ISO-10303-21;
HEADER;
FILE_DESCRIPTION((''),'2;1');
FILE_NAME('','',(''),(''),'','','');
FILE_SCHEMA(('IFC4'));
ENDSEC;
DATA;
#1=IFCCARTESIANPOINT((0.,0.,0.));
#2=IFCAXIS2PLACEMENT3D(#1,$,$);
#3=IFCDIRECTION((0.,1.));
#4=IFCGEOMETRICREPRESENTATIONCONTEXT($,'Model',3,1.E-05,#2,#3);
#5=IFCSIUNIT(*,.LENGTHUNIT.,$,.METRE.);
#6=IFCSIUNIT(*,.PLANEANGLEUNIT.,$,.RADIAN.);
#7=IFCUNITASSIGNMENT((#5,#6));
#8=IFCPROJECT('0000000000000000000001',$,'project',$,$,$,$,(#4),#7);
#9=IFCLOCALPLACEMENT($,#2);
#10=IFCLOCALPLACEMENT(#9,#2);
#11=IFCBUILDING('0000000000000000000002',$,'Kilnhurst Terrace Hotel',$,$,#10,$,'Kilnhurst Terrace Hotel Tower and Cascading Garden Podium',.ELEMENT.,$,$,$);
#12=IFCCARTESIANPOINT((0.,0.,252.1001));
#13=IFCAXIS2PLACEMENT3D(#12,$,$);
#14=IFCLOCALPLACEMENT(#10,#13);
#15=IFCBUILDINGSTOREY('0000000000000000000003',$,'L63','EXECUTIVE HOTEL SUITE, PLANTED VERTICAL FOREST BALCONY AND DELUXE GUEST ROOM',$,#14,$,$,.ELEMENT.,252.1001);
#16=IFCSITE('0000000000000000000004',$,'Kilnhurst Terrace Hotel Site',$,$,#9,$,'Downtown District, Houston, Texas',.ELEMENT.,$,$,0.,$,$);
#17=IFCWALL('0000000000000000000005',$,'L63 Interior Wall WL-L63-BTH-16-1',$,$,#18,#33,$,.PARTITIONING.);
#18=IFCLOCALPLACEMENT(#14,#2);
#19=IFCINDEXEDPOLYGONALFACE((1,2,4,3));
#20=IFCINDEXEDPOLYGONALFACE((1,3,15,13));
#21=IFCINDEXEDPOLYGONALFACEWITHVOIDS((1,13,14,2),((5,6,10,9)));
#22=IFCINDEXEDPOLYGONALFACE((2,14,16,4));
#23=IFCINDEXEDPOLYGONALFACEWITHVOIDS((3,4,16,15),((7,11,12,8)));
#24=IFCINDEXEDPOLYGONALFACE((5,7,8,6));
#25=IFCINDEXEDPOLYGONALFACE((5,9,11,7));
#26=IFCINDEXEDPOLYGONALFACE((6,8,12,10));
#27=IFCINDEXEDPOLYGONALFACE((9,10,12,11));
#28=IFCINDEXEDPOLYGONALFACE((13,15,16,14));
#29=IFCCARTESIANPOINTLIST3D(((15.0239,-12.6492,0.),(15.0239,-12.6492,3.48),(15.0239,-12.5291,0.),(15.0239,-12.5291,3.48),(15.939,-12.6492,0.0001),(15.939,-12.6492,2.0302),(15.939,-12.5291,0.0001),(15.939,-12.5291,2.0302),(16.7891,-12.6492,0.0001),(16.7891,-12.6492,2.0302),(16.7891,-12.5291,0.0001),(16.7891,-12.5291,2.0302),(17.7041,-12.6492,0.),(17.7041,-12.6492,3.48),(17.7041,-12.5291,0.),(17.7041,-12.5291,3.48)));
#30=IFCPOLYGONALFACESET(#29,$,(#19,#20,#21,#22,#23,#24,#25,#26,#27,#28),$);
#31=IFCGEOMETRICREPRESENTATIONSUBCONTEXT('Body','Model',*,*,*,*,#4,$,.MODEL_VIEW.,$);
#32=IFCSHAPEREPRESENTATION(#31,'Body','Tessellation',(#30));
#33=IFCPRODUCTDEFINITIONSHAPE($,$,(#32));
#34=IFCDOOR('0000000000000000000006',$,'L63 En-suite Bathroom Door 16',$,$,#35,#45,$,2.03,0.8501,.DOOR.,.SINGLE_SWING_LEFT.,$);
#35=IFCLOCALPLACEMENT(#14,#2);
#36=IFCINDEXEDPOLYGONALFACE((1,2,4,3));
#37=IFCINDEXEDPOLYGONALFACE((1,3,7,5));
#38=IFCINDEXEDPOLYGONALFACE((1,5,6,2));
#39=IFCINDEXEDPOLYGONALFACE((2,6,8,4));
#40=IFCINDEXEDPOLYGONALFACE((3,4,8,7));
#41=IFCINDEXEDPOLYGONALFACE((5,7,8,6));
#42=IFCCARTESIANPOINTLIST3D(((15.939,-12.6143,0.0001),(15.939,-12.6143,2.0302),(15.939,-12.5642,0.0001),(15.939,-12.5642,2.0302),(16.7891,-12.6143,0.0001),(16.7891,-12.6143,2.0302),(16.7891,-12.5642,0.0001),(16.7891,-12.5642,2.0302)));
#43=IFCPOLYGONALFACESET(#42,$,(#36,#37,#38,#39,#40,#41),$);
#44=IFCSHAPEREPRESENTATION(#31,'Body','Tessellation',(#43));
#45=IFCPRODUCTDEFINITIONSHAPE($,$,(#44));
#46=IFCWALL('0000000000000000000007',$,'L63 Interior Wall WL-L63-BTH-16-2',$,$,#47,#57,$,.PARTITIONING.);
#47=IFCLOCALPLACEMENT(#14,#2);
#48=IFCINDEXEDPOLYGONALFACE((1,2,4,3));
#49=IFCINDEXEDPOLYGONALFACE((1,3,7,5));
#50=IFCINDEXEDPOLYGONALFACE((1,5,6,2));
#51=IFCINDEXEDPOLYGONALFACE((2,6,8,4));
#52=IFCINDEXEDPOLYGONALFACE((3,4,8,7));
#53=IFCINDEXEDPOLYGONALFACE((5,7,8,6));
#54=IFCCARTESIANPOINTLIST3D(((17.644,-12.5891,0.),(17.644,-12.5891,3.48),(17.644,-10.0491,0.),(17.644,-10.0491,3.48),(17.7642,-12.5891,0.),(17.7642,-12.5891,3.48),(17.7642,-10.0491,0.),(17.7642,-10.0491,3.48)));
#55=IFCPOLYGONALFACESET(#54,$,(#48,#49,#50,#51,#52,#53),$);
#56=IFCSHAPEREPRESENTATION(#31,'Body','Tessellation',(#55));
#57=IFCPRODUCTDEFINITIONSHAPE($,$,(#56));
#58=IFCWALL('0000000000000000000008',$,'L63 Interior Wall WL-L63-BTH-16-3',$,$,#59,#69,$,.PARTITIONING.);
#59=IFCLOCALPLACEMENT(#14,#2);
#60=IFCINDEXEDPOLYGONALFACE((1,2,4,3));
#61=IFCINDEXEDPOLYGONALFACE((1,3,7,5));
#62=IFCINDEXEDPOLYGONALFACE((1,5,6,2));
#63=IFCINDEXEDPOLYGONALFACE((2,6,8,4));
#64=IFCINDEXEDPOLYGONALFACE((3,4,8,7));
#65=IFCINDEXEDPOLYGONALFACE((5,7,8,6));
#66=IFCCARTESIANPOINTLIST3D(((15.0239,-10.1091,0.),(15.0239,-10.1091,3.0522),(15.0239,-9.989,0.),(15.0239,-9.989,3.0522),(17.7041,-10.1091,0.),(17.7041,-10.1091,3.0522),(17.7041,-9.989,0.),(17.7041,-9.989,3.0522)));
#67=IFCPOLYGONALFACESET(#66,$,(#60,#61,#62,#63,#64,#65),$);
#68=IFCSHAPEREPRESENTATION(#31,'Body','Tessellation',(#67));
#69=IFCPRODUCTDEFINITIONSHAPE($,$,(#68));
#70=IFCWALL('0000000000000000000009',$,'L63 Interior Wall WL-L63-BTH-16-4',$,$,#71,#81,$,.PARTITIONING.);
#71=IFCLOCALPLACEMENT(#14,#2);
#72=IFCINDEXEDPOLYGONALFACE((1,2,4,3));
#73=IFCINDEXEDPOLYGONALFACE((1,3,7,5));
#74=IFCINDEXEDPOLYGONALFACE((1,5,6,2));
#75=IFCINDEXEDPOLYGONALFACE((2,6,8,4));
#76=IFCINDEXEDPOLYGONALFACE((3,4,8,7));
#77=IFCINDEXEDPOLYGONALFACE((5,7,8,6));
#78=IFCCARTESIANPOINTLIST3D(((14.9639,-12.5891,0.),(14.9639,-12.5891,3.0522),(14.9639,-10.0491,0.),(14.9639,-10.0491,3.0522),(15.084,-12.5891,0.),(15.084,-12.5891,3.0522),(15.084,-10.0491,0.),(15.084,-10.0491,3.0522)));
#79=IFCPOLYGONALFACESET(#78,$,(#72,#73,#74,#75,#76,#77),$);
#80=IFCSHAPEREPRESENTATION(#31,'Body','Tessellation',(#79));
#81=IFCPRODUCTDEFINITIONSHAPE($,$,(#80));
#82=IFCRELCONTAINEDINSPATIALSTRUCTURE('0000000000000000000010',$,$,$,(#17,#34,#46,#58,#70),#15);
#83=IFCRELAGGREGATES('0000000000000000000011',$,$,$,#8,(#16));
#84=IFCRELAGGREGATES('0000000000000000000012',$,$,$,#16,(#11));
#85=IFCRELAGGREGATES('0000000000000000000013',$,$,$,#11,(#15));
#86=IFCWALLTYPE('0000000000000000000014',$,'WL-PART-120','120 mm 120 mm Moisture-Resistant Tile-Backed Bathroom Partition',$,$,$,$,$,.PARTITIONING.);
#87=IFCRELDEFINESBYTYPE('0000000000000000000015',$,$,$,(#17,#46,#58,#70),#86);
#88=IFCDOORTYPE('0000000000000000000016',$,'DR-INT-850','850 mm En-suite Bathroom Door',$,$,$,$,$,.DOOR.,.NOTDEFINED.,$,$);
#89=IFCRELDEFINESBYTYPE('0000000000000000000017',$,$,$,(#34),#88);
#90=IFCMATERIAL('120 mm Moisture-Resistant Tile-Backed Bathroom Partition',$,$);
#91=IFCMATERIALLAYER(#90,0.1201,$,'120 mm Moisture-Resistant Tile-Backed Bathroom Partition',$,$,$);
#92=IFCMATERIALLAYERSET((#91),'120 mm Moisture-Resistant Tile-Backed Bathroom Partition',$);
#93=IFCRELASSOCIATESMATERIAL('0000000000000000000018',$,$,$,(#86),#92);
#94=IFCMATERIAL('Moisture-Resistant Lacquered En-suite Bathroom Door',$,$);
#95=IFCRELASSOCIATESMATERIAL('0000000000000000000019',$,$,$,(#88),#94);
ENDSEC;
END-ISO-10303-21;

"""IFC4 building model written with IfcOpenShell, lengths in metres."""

from ifc_helpers import new_model, si_unit, direction, frame, frame_2d, origin, place, context, subcontext, project, spatial, rectangle, extrude, material, layer, layer_set, type_object, element, fill, save


model = new_model("IFC4")

# Units and contexts
model_context = context("Model", 3, precision=1e-05, world=origin(), true_north=direction((0.0, 1.0)))
body_context = subcontext(model_context, "Body", "Model", "MODEL_VIEW")
ifc_project = project(units=[si_unit("LENGTHUNIT", "METRE"), si_unit("PLANEANGLEUNIT", "RADIAN")], contexts=[model_context])

# Site, building, storey
site_placement = place(None, origin())
site = spatial("IfcSite", under=ifc_project, at=site_placement, Name="Kilnhurst Terrace Hotel Site", LongName="Downtown District, Houston, Texas", CompositionType="ELEMENT", RefElevation=0.0)
building_placement = place(site_placement, origin())
building = spatial("IfcBuilding", under=site, at=building_placement, Name="Kilnhurst Terrace Hotel", LongName="Kilnhurst Terrace Hotel Tower and Cascading Garden Podium", CompositionType="ELEMENT")
storey_placement = place(building_placement, frame((0.0, 0.0, 252.1001)))
storey = spatial("IfcBuildingStorey", under=building, at=storey_placement, Name="L63", Description="EXECUTIVE HOTEL SUITE, PLANTED VERTICAL FOREST BALCONY AND DELUXE GUEST ROOM", CompositionType="ELEMENT", Elevation=252.1001)

# Wall, opening, door
ifc_material_1 = material(Name="120 mm Moisture-Resistant Tile-Backed Bathroom Partition")
ifc_layer_1 = layer(ifc_material_1, 0.1201, Name="120 mm Moisture-Resistant Tile-Backed Bathroom Partition")
ifc_layer_set_1 = layer_set([ifc_layer_1], Name="120 mm Moisture-Resistant Tile-Backed Bathroom Partition")
wall_type_1 = type_object("IfcWallType", Name="WL-PART-120", Description="120 mm 120 mm Moisture-Resistant Tile-Backed Bathroom Partition", PredefinedType="PARTITIONING", material=ifc_layer_set_1)
wall_1_placement = place(storey_placement, frame((15.0239, -12.5891, 0.0), z_axis=(0.0, 0.0, 1.0), x_axis=(1.0, 0.0, 0.0)))
wall_1 = element("IfcWall", 1, at=wall_1_placement, inside=storey, type_object=wall_type_1, Name="L63 Interior Wall WL-L63-BTH-16-1", PredefinedType="PARTITIONING", context=body_context, shape_type="SweptSolid", body=[
    extrude(rectangle(XDim=2.6802, YDim=0.1201, at=frame_2d((1.3401, 0.0))), origin(), (0.0, 0.0, 1.0), 3.48),
])
opening_1_placement = place(wall_1_placement, frame((0.915, 0.0, 0.0)))
opening_1 = element("IfcOpeningElement", 2, at=opening_1_placement, cuts=wall_1, PredefinedType="OPENING", context=body_context, shape_type="SweptSolid", body=[
    extrude(rectangle(XDim=0.8501, YDim=2.03, at=frame_2d((0.425, 1.0151))), frame((0.0, 0.0701, 0.0), z_axis=(0.0, -1.0, 0.0), x_axis=(1.0, 0.0, 0.0)), (0.0, 0.0, 1.0), 0.1401),
])
ifc_material_2 = material(Name="Moisture-Resistant Lacquered En-suite Bathroom Door")
door_type_1 = type_object("IfcDoorType", Name="DR-INT-850", Description="850 mm En-suite Bathroom Door", OperationType="NOTDEFINED", PredefinedType="DOOR", material=ifc_material_2)
door_1_placement = place(opening_1_placement, origin())
door_1 = element("IfcDoor", 3, at=door_1_placement, inside=storey, type_object=door_type_1, Name="L63 En-suite Bathroom Door 16", OperationType="SINGLE_SWING_LEFT", OverallHeight=2.03, OverallWidth=0.8501, PredefinedType="DOOR", context=body_context, shape_type="SweptSolid", body=[
    extrude(rectangle(XDim=0.8501, YDim=2.03, at=frame_2d((0.425, 1.0151))), frame((0.0, 0.0249, 0.0), z_axis=(0.0, -1.0, 0.0), x_axis=(1.0, 0.0, 0.0)), (0.0, 0.0, 1.0), 0.05),
])
fill(opening_1, door_1)

# Walls
wall_2_placement = place(storey_placement, frame((17.7041, -12.5891, 0.0), z_axis=(0.0, 0.0, 1.0), x_axis=(0.0, 1.0, 0.0)))
element("IfcWall", 4, at=wall_2_placement, inside=storey, type_object=wall_type_1, Name="L63 Interior Wall WL-L63-BTH-16-2", PredefinedType="PARTITIONING", context=body_context, shape_type="SweptSolid", body=[
    extrude(rectangle(XDim=2.54, YDim=0.1201, at=frame_2d((1.27, 0.0))), origin(), (0.0, 0.0, 1.0), 3.48),
])
wall_3_placement = place(storey_placement, frame((17.7041, -10.0491, 0.0), z_axis=(0.0, 0.0, 1.0), x_axis=(-1.0, 0.0, 0.0)))
element("IfcWall", 5, at=wall_3_placement, inside=storey, type_object=wall_type_1, Name="L63 Interior Wall WL-L63-BTH-16-3", PredefinedType="PARTITIONING", context=body_context, shape_type="SweptSolid", body=[
    extrude(rectangle(XDim=2.6802, YDim=0.1201, at=frame_2d((1.3401, 0.0))), origin(), (0.0, 0.0, 1.0), 3.0522),
])
wall_4_placement = place(storey_placement, frame((15.0239, -10.0491, 0.0), z_axis=(0.0, 0.0, 1.0), x_axis=(0.0, -1.0, 0.0)))
element("IfcWall", 6, at=wall_4_placement, inside=storey, type_object=wall_type_1, Name="L63 Interior Wall WL-L63-BTH-16-4", PredefinedType="PARTITIONING", context=body_context, shape_type="SweptSolid", body=[
    extrude(rectangle(XDim=2.54, YDim=0.1201, at=frame_2d((1.27, 0.0))), origin(), (0.0, 0.0, 1.0), 3.0522),
])

save(model, "model.ifc")
